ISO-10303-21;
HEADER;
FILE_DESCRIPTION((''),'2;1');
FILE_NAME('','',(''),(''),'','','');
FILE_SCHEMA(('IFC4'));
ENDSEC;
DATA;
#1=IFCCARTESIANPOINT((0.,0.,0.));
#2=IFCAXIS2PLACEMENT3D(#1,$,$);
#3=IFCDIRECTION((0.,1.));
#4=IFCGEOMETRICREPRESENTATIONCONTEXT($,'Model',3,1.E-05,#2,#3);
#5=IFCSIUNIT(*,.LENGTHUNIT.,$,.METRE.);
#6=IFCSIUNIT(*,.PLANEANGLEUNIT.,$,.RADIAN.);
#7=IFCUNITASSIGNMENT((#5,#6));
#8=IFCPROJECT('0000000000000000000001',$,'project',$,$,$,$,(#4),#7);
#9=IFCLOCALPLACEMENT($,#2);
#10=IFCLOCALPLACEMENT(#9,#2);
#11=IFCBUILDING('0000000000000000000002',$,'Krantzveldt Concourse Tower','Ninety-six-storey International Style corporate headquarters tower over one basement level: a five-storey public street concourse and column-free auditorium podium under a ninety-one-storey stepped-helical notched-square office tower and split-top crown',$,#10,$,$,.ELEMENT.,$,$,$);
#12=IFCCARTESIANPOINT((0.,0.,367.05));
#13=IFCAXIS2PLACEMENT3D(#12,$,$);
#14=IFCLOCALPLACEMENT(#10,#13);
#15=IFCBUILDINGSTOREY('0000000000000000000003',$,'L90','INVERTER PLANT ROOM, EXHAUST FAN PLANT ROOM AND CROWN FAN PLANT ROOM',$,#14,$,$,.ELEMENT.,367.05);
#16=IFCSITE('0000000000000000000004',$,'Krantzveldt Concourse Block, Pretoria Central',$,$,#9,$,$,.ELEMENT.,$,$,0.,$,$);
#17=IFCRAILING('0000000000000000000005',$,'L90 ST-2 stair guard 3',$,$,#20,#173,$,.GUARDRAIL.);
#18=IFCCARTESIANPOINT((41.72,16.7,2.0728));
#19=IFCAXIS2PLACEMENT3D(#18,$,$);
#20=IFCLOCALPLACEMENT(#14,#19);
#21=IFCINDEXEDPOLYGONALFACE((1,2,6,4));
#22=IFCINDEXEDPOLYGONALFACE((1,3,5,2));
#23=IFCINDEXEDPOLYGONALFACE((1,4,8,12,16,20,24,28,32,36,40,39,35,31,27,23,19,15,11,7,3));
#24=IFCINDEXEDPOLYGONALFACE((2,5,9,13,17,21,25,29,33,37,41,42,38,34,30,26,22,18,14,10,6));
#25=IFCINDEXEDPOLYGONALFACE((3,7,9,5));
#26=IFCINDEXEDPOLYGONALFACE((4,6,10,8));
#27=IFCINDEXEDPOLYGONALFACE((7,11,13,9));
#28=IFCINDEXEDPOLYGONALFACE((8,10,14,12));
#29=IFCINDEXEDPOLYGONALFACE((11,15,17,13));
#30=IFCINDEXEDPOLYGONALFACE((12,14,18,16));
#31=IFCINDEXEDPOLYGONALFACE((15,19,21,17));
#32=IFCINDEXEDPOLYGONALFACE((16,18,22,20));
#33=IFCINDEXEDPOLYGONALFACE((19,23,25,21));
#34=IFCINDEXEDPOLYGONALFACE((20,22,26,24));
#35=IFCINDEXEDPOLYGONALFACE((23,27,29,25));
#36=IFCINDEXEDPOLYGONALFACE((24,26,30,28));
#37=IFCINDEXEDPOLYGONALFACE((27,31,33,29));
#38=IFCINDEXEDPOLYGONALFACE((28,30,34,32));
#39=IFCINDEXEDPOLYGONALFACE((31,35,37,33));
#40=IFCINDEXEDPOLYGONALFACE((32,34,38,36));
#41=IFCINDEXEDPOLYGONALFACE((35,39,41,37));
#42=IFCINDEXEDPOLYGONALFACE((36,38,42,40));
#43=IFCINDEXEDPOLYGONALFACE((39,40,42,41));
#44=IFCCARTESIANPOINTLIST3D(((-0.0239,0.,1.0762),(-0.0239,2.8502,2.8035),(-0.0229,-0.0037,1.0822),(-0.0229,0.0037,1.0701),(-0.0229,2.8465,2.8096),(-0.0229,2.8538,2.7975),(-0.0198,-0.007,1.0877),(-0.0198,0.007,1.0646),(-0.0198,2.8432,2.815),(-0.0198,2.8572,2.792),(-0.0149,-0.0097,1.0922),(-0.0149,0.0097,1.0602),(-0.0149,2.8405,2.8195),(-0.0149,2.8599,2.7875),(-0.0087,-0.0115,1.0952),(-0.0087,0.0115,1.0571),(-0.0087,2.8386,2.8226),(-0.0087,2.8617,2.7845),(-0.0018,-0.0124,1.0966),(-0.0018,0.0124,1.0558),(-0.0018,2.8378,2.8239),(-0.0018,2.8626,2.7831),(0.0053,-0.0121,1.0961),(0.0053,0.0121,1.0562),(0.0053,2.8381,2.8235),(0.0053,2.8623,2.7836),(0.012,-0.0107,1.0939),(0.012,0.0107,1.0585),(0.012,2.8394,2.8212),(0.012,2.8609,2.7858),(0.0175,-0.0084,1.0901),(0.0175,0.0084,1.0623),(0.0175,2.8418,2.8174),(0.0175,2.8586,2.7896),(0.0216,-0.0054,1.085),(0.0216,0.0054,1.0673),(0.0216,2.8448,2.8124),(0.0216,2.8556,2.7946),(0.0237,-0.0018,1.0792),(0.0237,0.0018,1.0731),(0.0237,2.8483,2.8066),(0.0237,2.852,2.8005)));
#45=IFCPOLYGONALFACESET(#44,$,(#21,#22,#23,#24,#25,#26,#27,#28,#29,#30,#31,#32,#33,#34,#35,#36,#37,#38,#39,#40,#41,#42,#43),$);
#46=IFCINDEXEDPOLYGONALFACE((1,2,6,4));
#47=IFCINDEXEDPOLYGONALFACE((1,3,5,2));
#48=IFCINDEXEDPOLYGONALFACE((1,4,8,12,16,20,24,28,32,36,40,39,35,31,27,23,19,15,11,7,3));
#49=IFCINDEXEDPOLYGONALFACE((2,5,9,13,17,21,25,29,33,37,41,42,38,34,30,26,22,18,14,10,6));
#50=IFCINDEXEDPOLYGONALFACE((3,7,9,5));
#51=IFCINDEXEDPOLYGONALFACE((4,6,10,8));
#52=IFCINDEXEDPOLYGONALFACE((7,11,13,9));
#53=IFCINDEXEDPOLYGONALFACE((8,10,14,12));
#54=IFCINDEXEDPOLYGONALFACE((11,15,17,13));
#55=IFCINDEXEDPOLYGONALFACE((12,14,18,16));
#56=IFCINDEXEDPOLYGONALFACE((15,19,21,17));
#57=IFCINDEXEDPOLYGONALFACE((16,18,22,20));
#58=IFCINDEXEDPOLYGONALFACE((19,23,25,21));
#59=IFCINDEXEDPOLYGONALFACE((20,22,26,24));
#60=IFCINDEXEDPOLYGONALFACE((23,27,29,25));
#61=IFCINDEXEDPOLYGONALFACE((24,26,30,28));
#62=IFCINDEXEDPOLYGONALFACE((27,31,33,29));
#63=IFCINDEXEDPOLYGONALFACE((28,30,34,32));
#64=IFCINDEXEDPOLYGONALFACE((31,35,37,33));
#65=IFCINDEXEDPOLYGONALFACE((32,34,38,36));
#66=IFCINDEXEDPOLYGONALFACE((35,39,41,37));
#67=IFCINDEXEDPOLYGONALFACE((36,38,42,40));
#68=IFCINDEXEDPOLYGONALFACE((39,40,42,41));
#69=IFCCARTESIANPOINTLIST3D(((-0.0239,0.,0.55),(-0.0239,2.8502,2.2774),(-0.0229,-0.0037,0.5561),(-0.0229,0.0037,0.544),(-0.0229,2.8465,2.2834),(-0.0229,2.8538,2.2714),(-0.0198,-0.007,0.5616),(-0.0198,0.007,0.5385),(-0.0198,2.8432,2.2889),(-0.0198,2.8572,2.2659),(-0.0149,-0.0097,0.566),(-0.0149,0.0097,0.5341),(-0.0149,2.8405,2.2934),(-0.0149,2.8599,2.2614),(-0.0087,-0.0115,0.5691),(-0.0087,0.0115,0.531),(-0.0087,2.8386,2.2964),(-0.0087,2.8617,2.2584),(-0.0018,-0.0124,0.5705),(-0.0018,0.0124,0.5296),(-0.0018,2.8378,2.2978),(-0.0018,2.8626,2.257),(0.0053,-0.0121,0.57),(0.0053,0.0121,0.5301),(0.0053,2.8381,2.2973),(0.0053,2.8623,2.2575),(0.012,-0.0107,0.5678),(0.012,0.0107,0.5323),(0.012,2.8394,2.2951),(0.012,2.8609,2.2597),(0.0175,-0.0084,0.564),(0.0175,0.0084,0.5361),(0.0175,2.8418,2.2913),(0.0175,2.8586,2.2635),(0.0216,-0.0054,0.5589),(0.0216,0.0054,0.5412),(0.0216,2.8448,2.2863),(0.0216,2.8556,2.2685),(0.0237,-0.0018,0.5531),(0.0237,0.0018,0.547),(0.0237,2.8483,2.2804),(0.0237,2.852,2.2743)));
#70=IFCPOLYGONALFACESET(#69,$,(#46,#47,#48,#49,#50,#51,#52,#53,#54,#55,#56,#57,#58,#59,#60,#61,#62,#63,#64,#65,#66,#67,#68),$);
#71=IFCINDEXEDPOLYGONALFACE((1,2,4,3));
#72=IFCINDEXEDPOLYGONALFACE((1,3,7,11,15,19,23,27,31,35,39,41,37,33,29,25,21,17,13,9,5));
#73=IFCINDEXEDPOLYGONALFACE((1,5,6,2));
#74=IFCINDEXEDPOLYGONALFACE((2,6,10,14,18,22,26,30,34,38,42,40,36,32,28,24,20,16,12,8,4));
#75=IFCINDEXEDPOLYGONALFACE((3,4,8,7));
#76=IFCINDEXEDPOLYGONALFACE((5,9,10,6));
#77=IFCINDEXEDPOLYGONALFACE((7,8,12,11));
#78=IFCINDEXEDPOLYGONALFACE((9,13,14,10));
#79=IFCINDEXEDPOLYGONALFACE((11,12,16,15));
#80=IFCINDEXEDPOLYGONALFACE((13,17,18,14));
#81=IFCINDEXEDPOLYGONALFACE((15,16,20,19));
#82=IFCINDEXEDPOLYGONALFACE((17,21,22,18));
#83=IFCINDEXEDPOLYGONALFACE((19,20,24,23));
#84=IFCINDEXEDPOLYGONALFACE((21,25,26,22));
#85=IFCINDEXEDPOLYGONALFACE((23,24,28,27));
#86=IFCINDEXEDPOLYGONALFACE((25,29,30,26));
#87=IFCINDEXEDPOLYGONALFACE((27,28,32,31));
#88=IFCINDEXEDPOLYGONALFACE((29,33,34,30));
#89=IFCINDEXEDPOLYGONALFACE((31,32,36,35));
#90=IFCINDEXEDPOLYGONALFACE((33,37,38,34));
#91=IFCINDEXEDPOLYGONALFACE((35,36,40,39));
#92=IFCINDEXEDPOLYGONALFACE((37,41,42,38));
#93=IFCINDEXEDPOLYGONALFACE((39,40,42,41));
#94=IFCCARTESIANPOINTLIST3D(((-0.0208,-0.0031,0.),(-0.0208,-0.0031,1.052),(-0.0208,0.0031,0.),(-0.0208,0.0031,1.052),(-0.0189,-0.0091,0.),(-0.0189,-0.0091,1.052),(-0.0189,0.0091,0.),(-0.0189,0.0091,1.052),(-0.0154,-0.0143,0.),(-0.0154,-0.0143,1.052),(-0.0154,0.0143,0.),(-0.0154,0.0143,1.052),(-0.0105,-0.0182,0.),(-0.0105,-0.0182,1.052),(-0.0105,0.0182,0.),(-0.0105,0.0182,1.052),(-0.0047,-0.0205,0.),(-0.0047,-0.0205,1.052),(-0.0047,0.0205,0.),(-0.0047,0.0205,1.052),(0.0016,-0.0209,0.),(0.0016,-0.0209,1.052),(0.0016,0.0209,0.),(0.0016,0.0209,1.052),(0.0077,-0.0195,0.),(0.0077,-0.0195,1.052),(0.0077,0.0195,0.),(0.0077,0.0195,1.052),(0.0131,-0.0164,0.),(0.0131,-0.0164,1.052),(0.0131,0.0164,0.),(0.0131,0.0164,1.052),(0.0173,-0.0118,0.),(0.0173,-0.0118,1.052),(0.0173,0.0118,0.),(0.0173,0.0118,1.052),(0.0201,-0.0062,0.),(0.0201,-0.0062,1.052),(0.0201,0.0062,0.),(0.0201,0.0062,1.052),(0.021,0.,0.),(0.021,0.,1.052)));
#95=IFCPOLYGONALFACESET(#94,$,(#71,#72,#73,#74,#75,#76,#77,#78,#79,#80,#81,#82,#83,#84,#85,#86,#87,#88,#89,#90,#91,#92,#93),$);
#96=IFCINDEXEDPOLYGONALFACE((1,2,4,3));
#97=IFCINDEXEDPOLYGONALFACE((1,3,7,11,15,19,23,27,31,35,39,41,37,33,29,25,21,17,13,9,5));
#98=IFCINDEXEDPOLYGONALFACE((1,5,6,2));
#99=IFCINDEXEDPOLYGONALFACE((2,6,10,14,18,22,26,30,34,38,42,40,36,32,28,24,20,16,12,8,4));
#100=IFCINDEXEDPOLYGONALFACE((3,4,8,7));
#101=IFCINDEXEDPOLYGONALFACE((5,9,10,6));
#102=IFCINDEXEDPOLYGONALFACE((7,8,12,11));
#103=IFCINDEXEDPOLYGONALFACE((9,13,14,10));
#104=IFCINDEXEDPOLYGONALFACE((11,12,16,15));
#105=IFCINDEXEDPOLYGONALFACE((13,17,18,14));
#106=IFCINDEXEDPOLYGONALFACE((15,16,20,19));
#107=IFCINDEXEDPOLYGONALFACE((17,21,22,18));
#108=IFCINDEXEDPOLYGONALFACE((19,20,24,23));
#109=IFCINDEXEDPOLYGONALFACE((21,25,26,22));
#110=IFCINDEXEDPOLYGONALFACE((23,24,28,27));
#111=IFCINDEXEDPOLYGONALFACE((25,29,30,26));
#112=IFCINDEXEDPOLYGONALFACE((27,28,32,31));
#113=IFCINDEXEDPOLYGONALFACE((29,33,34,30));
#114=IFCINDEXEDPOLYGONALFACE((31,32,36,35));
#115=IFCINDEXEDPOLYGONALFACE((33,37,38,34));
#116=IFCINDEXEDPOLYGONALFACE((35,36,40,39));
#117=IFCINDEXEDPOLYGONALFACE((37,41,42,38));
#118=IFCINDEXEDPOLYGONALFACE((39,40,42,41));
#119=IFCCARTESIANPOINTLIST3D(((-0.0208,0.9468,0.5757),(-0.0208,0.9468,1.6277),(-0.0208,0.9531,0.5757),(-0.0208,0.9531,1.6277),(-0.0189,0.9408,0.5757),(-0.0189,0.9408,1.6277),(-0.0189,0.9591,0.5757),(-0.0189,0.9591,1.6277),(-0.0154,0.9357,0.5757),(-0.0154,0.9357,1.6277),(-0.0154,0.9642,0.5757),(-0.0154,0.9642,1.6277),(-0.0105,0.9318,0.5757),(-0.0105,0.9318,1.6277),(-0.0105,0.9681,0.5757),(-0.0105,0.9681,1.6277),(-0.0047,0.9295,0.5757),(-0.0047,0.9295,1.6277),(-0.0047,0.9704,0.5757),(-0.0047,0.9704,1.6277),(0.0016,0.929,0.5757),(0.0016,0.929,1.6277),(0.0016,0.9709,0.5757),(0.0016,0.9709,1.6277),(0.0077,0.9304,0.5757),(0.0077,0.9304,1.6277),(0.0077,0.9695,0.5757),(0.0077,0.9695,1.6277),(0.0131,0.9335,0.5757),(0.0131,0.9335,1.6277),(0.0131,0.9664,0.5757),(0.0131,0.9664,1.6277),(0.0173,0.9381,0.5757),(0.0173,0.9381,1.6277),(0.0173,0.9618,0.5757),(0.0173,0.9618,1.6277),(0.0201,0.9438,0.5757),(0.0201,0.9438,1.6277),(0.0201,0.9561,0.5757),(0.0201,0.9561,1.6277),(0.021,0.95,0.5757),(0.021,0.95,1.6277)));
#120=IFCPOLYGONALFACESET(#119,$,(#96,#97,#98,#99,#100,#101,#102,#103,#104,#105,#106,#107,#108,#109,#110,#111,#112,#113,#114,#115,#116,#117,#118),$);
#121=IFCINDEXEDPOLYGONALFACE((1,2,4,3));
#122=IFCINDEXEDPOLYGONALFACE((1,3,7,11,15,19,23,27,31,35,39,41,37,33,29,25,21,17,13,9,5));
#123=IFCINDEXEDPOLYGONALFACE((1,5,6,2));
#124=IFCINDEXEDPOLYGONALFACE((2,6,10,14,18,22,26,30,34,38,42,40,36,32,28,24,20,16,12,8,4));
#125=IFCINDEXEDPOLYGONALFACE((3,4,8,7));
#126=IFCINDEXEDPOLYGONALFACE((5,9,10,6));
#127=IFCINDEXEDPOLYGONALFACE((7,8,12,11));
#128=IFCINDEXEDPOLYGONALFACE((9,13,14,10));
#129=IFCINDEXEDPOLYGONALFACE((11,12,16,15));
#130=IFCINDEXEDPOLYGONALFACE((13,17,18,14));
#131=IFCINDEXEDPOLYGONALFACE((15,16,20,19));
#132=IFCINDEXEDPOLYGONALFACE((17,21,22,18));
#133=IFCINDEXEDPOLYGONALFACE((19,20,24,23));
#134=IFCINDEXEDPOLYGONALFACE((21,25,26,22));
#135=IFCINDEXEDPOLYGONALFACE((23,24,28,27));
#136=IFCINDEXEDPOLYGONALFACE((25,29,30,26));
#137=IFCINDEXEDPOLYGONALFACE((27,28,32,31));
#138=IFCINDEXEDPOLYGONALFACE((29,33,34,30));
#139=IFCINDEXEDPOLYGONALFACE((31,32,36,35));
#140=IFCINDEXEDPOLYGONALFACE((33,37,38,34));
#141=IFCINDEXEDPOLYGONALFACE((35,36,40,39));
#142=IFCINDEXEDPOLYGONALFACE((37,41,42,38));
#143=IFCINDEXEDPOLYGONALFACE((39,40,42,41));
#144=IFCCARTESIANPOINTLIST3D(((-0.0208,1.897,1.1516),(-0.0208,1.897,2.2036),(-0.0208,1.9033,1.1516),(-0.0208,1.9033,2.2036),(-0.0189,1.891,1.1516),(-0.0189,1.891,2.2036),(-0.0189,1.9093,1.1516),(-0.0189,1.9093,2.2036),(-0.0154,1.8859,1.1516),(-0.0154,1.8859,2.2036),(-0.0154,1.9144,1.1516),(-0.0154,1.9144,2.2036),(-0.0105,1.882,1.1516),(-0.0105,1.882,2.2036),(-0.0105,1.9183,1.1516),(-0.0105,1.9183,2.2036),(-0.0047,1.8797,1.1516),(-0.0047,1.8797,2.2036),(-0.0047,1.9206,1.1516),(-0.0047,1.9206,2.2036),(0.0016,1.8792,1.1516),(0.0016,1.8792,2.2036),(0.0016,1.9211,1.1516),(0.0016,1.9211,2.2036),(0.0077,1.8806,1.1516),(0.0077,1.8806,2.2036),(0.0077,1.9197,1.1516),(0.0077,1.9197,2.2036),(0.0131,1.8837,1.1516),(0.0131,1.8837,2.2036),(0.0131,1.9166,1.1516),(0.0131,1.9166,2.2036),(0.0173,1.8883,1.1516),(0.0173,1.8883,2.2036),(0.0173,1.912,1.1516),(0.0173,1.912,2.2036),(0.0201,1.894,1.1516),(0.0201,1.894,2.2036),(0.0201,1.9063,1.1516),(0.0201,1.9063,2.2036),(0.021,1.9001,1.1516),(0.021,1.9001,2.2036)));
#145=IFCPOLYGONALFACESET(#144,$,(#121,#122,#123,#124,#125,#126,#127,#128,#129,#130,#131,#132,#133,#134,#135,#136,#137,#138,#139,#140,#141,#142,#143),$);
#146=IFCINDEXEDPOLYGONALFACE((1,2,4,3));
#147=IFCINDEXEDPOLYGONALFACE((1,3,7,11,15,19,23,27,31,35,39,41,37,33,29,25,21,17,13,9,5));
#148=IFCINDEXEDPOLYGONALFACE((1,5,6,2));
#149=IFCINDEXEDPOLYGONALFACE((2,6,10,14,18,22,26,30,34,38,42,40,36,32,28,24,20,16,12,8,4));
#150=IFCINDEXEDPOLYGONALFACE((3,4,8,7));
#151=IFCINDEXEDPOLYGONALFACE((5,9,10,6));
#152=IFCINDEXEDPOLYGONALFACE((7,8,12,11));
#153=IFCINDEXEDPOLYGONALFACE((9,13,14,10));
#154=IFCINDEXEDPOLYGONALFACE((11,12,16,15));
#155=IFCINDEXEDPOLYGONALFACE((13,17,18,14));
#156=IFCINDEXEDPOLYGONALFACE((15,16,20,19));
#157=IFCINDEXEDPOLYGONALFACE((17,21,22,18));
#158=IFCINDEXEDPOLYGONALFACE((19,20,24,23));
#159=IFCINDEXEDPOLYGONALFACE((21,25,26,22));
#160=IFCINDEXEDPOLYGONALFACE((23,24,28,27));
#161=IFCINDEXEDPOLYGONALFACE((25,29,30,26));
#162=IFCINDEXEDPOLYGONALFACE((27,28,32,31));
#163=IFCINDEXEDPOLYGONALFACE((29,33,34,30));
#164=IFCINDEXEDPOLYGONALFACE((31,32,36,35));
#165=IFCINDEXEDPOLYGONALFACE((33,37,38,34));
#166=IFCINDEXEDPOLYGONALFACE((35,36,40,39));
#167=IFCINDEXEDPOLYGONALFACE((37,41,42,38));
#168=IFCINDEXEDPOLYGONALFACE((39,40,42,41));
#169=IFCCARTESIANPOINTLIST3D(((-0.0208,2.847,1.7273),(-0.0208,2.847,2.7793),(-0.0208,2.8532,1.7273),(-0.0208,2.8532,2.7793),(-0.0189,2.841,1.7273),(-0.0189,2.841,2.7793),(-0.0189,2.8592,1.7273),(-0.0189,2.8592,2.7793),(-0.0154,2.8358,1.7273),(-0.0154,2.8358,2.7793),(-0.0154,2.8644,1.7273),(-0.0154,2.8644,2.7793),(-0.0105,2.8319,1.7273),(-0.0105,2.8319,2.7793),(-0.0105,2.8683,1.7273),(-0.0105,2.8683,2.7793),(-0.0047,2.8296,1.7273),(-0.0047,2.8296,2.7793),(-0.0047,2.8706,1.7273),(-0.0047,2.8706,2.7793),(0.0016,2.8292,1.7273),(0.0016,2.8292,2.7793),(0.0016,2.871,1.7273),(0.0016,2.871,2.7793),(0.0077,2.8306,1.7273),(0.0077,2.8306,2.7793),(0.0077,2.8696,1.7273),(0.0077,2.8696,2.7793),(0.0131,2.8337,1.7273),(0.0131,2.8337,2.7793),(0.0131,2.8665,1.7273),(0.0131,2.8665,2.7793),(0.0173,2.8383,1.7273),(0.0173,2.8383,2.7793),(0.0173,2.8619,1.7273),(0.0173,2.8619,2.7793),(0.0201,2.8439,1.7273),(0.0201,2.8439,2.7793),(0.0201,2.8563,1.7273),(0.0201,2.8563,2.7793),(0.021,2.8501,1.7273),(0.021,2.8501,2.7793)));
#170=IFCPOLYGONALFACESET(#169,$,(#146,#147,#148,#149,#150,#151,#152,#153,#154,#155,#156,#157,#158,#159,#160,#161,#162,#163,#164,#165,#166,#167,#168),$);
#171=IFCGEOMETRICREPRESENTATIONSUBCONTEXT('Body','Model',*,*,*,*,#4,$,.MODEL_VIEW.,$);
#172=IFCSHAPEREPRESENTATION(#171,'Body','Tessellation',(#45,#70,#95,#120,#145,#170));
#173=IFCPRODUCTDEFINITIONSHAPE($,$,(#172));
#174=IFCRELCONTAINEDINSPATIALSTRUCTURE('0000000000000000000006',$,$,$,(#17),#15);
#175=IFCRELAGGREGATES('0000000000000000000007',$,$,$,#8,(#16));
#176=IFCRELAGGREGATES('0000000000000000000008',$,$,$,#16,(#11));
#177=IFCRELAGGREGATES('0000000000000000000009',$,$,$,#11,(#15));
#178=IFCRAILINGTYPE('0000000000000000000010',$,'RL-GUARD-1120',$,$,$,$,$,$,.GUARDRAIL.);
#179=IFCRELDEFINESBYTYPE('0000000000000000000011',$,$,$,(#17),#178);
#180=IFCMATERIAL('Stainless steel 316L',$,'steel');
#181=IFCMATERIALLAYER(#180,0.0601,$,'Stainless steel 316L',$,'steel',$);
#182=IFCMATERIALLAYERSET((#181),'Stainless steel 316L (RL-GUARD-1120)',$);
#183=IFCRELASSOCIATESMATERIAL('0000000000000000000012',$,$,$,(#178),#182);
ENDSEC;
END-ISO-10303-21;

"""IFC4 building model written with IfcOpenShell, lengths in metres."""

from ifc_helpers import new_model, si_unit, direction, frame, origin, origin_2d, place, context, subcontext, project, spatial, circle, extrude, material, layer, layer_set, type_object, element, save


model = new_model("IFC4")

# Units and contexts
model_context = context("Model", 3, precision=1e-05, world=origin(), true_north=direction((0.0, 1.0)))
body_context = subcontext(model_context, "Body", "Model", "MODEL_VIEW")
ifc_project = project(units=[si_unit("LENGTHUNIT", "METRE"), si_unit("PLANEANGLEUNIT", "RADIAN")], contexts=[model_context])

# Site, building, storey
site_placement = place(None, origin())
site = spatial("IfcSite", under=ifc_project, at=site_placement, Name="Krantzveldt Concourse Block, Pretoria Central", CompositionType="ELEMENT", RefElevation=0.0)
building_placement = place(site_placement, origin())
building = spatial("IfcBuilding", under=site, at=building_placement, Name="Krantzveldt Concourse Tower", Description="Ninety-six-storey International Style corporate headquarters tower over one basement level: a five-storey public street concourse and column-free auditorium podium under a ninety-one-storey stepped-helical notched-square office tower and split-top crown", CompositionType="ELEMENT")
storey_placement = place(building_placement, frame((0.0, 0.0, 367.05)))
storey = spatial("IfcBuildingStorey", under=building, at=storey_placement, Name="L90", Description="INVERTER PLANT ROOM, EXHAUST FAN PLANT ROOM AND CROWN FAN PLANT ROOM", CompositionType="ELEMENT", Elevation=367.05)

# Shared definitions
ifc_material_1 = material(Name="Stainless steel 316L", Category="steel")

# Railing
ifc_layer_1 = layer(ifc_material_1, 0.0601, Name="Stainless steel 316L", Category="steel")
ifc_layer_set_1 = layer_set([ifc_layer_1], Name="Stainless steel 316L (RL-GUARD-1120)")
railing_type_1 = type_object("IfcRailingType", Name="RL-GUARD-1120", PredefinedType="GUARDRAIL", material=ifc_layer_set_1)
railing_1_placement = place(storey_placement, frame((41.72, 16.7, 2.0728)))
element("IfcRailing", 1, at=railing_1_placement, inside=storey, type_object=railing_type_1, Name="L90 ST-2 stair guard 3", PredefinedType="GUARDRAIL", context=body_context, shape_type="SweptSolid", body=[
    extrude(circle(Radius=0.0239, at=origin_2d()), frame((0.0, 0.0, 1.0762), z_axis=(0.0, 0.855203, 0.518294), x_axis=(-1.0, 0.0, 0.0)), (0.0, 0.0, 1.0), 3.3328),
    extrude(circle(Radius=0.0239, at=origin_2d()), frame((0.0, 0.0, 0.55), z_axis=(0.0, 0.855203, 0.518294), x_axis=(-1.0, 0.0, 0.0)), (0.0, 0.0, 1.0), 3.3328),
    extrude(circle(Radius=0.021, at=origin_2d()), origin(), (0.0, 0.0, 1.0), 1.052),
    extrude(circle(Radius=0.021, at=origin_2d()), frame((0.0, 0.95, 0.5757)), (0.0, 0.0, 1.0), 1.052),
    extrude(circle(Radius=0.021, at=origin_2d()), frame((0.0, 1.9001, 1.1516)), (0.0, 0.0, 1.0), 1.052),
    extrude(circle(Radius=0.021, at=origin_2d()), frame((0.0, 2.8501, 1.7273)), (0.0, 0.0, 1.0), 1.052),
])

save(model, "model.ifc")
